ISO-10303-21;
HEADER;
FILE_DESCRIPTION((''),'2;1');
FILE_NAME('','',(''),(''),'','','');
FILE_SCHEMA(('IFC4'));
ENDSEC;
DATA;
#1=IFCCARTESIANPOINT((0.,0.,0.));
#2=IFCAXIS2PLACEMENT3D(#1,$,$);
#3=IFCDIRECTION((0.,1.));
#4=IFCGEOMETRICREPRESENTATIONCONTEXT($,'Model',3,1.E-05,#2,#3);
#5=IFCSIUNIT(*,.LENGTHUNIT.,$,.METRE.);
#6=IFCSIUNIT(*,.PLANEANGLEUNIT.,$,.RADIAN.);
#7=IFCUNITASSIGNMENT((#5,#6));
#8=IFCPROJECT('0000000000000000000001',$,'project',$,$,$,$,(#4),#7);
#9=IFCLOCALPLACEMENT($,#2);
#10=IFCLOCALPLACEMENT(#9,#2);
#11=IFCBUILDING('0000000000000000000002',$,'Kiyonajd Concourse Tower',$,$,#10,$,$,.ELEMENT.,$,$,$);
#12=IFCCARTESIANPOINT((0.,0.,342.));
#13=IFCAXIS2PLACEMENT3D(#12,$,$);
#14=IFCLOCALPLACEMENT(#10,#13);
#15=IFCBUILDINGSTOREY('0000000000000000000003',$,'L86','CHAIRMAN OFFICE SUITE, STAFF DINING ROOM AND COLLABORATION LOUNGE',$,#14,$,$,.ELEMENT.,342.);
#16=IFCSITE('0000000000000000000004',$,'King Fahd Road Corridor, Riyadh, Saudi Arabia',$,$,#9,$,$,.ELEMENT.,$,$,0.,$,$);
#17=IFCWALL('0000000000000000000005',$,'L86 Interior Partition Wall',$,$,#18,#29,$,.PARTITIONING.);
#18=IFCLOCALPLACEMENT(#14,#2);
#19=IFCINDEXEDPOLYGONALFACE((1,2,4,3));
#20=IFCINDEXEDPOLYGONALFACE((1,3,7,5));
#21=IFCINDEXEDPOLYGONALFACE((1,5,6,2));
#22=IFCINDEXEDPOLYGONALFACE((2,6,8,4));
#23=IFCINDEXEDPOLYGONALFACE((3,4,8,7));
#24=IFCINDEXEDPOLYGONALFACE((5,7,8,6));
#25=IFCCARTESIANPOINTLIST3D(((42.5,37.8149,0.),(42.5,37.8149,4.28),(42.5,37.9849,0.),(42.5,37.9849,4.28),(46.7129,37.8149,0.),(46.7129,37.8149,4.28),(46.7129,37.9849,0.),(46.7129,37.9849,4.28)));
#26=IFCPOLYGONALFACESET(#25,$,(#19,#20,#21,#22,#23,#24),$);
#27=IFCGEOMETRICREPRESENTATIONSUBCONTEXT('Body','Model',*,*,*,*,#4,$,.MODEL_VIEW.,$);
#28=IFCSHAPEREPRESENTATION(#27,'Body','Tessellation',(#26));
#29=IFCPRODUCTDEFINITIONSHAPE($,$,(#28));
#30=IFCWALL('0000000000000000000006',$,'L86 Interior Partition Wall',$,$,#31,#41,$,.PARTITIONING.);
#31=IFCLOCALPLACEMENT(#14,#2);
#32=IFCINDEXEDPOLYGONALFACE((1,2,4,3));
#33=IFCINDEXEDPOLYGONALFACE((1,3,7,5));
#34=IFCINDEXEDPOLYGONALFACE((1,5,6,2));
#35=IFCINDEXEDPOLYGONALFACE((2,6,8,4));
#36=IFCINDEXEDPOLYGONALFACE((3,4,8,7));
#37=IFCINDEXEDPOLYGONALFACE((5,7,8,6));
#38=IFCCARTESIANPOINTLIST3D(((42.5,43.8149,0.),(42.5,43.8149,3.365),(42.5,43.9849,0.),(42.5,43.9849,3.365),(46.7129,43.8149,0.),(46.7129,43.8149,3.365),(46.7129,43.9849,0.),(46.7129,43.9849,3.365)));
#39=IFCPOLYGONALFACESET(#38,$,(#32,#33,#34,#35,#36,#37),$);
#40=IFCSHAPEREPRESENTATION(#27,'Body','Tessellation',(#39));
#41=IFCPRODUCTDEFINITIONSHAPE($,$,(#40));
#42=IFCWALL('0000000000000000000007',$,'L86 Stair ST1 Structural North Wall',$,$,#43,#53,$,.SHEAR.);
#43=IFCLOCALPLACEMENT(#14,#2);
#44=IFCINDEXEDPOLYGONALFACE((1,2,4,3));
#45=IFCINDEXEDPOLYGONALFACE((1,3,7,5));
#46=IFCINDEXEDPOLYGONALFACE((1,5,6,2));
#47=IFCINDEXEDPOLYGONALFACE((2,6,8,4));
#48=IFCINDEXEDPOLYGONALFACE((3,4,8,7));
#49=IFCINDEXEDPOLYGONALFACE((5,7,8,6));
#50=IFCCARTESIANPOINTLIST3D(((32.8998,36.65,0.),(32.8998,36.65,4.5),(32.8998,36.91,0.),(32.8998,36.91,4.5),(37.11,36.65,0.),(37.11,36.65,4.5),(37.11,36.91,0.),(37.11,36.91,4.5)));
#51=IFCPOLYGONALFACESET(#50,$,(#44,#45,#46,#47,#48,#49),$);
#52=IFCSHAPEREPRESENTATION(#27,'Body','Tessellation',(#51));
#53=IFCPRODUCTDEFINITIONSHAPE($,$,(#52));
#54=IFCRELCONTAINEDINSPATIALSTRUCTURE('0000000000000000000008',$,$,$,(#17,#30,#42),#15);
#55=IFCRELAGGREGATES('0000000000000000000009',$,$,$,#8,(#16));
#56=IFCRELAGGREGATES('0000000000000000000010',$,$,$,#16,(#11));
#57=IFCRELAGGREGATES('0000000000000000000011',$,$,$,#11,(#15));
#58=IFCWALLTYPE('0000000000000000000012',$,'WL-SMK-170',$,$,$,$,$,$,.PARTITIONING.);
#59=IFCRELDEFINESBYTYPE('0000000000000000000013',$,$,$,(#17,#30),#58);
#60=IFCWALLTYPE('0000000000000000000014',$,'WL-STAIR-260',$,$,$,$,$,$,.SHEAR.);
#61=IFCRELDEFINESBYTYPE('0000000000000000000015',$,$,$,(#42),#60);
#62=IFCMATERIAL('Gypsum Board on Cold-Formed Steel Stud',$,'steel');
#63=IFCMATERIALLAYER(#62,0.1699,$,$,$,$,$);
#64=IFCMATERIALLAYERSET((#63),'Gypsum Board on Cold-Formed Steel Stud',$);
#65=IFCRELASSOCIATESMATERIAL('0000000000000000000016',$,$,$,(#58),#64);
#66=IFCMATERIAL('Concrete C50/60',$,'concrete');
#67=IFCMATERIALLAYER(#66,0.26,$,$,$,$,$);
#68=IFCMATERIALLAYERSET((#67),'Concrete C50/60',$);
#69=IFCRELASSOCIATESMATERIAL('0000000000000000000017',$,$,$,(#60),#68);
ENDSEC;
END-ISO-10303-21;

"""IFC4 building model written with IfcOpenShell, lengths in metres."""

from ifc_helpers import new_model, si_unit, direction, frame, frame_2d, origin, place, context, subcontext, project, spatial, rectangle, extrude, material, layer, layer_set, type_object, element, save


model = new_model("IFC4")

# Units and contexts
model_context = context("Model", 3, precision=1e-05, world=origin(), true_north=direction((0.0, 1.0)))
body_context = subcontext(model_context, "Body", "Model", "MODEL_VIEW")
ifc_project = project(units=[si_unit("LENGTHUNIT", "METRE"), si_unit("PLANEANGLEUNIT", "RADIAN")], contexts=[model_context])

# Site, building, storey
site_placement = place(None, origin())
site = spatial("IfcSite", under=ifc_project, at=site_placement, Name="King Fahd Road Corridor, Riyadh, Saudi Arabia", CompositionType="ELEMENT", RefElevation=0.0)
building_placement = place(site_placement, origin())
building = spatial("IfcBuilding", under=site, at=building_placement, Name="Kiyonajd Concourse Tower", CompositionType="ELEMENT")
storey_placement = place(building_placement, frame((0.0, 0.0, 342.0)))
storey = spatial("IfcBuildingStorey", under=building, at=storey_placement, Name="L86", Description="CHAIRMAN OFFICE SUITE, STAFF DINING ROOM AND COLLABORATION LOUNGE", CompositionType="ELEMENT", Elevation=342.0)

# Shared definitions
ifc_material_1 = material(Name="Gypsum Board on Cold-Formed Steel Stud", Category="steel")

# Shared definitions
ifc_layer_1 = layer(ifc_material_1, 0.1699)
ifc_layer_set_1 = layer_set([ifc_layer_1], Name="Gypsum Board on Cold-Formed Steel Stud")
wall_type_1 = type_object("IfcWallType", Name="WL-SMK-170", PredefinedType="PARTITIONING", material=ifc_layer_set_1)

# Walls
wall_1_placement = place(storey_placement, frame((42.5, 37.8999, 0.0), z_axis=(0.0, 0.0, 1.0), x_axis=(1.0, 0.0, 0.0)))
element("IfcWall", 1, at=wall_1_placement, inside=storey, type_object=wall_type_1, Name="L86 Interior Partition Wall", PredefinedType="PARTITIONING", context=body_context, shape_type="SweptSolid", body=[
    extrude(rectangle(XDim=4.2129, YDim=0.1699, at=frame_2d((2.1064, 0.0))), origin(), (0.0, 0.0, 1.0), 4.28),
])
wall_2_placement = place(storey_placement, frame((42.5, 43.8999, 0.0), z_axis=(0.0, 0.0, 1.0), x_axis=(1.0, 0.0, 0.0)))
element("IfcWall", 2, at=wall_2_placement, inside=storey, type_object=wall_type_1, Name="L86 Interior Partition Wall", PredefinedType="PARTITIONING", context=body_context, shape_type="SweptSolid", body=[
    extrude(rectangle(XDim=4.2129, YDim=0.1699, at=frame_2d((2.1064, 0.0))), origin(), (0.0, 0.0, 1.0), 3.365),
])
ifc_material_2 = material(Name="Concrete C50/60", Category="concrete")
ifc_layer_2 = layer(ifc_material_2, 0.26)
ifc_layer_set_2 = layer_set([ifc_layer_2], Name="Concrete C50/60")
wall_type_2 = type_object("IfcWallType", Name="WL-STAIR-260", PredefinedType="SHEAR", material=ifc_layer_set_2)
wall_3_placement = place(storey_placement, frame((32.8999, 36.78, 0.0), z_axis=(0.0, 0.0, 1.0), x_axis=(1.0, 0.0, 0.0)))
element("IfcWall", 3, at=wall_3_placement, inside=storey, type_object=wall_type_2, Name="L86 Stair ST1 Structural North Wall", PredefinedType="SHEAR", context=body_context, shape_type="SweptSolid", body=[
    extrude(rectangle(XDim=4.2102, YDim=0.26, at=frame_2d((2.105, 0.0))), origin(), (0.0, 0.0, 1.0), 4.5),
])

save(model, "model.ifc")
